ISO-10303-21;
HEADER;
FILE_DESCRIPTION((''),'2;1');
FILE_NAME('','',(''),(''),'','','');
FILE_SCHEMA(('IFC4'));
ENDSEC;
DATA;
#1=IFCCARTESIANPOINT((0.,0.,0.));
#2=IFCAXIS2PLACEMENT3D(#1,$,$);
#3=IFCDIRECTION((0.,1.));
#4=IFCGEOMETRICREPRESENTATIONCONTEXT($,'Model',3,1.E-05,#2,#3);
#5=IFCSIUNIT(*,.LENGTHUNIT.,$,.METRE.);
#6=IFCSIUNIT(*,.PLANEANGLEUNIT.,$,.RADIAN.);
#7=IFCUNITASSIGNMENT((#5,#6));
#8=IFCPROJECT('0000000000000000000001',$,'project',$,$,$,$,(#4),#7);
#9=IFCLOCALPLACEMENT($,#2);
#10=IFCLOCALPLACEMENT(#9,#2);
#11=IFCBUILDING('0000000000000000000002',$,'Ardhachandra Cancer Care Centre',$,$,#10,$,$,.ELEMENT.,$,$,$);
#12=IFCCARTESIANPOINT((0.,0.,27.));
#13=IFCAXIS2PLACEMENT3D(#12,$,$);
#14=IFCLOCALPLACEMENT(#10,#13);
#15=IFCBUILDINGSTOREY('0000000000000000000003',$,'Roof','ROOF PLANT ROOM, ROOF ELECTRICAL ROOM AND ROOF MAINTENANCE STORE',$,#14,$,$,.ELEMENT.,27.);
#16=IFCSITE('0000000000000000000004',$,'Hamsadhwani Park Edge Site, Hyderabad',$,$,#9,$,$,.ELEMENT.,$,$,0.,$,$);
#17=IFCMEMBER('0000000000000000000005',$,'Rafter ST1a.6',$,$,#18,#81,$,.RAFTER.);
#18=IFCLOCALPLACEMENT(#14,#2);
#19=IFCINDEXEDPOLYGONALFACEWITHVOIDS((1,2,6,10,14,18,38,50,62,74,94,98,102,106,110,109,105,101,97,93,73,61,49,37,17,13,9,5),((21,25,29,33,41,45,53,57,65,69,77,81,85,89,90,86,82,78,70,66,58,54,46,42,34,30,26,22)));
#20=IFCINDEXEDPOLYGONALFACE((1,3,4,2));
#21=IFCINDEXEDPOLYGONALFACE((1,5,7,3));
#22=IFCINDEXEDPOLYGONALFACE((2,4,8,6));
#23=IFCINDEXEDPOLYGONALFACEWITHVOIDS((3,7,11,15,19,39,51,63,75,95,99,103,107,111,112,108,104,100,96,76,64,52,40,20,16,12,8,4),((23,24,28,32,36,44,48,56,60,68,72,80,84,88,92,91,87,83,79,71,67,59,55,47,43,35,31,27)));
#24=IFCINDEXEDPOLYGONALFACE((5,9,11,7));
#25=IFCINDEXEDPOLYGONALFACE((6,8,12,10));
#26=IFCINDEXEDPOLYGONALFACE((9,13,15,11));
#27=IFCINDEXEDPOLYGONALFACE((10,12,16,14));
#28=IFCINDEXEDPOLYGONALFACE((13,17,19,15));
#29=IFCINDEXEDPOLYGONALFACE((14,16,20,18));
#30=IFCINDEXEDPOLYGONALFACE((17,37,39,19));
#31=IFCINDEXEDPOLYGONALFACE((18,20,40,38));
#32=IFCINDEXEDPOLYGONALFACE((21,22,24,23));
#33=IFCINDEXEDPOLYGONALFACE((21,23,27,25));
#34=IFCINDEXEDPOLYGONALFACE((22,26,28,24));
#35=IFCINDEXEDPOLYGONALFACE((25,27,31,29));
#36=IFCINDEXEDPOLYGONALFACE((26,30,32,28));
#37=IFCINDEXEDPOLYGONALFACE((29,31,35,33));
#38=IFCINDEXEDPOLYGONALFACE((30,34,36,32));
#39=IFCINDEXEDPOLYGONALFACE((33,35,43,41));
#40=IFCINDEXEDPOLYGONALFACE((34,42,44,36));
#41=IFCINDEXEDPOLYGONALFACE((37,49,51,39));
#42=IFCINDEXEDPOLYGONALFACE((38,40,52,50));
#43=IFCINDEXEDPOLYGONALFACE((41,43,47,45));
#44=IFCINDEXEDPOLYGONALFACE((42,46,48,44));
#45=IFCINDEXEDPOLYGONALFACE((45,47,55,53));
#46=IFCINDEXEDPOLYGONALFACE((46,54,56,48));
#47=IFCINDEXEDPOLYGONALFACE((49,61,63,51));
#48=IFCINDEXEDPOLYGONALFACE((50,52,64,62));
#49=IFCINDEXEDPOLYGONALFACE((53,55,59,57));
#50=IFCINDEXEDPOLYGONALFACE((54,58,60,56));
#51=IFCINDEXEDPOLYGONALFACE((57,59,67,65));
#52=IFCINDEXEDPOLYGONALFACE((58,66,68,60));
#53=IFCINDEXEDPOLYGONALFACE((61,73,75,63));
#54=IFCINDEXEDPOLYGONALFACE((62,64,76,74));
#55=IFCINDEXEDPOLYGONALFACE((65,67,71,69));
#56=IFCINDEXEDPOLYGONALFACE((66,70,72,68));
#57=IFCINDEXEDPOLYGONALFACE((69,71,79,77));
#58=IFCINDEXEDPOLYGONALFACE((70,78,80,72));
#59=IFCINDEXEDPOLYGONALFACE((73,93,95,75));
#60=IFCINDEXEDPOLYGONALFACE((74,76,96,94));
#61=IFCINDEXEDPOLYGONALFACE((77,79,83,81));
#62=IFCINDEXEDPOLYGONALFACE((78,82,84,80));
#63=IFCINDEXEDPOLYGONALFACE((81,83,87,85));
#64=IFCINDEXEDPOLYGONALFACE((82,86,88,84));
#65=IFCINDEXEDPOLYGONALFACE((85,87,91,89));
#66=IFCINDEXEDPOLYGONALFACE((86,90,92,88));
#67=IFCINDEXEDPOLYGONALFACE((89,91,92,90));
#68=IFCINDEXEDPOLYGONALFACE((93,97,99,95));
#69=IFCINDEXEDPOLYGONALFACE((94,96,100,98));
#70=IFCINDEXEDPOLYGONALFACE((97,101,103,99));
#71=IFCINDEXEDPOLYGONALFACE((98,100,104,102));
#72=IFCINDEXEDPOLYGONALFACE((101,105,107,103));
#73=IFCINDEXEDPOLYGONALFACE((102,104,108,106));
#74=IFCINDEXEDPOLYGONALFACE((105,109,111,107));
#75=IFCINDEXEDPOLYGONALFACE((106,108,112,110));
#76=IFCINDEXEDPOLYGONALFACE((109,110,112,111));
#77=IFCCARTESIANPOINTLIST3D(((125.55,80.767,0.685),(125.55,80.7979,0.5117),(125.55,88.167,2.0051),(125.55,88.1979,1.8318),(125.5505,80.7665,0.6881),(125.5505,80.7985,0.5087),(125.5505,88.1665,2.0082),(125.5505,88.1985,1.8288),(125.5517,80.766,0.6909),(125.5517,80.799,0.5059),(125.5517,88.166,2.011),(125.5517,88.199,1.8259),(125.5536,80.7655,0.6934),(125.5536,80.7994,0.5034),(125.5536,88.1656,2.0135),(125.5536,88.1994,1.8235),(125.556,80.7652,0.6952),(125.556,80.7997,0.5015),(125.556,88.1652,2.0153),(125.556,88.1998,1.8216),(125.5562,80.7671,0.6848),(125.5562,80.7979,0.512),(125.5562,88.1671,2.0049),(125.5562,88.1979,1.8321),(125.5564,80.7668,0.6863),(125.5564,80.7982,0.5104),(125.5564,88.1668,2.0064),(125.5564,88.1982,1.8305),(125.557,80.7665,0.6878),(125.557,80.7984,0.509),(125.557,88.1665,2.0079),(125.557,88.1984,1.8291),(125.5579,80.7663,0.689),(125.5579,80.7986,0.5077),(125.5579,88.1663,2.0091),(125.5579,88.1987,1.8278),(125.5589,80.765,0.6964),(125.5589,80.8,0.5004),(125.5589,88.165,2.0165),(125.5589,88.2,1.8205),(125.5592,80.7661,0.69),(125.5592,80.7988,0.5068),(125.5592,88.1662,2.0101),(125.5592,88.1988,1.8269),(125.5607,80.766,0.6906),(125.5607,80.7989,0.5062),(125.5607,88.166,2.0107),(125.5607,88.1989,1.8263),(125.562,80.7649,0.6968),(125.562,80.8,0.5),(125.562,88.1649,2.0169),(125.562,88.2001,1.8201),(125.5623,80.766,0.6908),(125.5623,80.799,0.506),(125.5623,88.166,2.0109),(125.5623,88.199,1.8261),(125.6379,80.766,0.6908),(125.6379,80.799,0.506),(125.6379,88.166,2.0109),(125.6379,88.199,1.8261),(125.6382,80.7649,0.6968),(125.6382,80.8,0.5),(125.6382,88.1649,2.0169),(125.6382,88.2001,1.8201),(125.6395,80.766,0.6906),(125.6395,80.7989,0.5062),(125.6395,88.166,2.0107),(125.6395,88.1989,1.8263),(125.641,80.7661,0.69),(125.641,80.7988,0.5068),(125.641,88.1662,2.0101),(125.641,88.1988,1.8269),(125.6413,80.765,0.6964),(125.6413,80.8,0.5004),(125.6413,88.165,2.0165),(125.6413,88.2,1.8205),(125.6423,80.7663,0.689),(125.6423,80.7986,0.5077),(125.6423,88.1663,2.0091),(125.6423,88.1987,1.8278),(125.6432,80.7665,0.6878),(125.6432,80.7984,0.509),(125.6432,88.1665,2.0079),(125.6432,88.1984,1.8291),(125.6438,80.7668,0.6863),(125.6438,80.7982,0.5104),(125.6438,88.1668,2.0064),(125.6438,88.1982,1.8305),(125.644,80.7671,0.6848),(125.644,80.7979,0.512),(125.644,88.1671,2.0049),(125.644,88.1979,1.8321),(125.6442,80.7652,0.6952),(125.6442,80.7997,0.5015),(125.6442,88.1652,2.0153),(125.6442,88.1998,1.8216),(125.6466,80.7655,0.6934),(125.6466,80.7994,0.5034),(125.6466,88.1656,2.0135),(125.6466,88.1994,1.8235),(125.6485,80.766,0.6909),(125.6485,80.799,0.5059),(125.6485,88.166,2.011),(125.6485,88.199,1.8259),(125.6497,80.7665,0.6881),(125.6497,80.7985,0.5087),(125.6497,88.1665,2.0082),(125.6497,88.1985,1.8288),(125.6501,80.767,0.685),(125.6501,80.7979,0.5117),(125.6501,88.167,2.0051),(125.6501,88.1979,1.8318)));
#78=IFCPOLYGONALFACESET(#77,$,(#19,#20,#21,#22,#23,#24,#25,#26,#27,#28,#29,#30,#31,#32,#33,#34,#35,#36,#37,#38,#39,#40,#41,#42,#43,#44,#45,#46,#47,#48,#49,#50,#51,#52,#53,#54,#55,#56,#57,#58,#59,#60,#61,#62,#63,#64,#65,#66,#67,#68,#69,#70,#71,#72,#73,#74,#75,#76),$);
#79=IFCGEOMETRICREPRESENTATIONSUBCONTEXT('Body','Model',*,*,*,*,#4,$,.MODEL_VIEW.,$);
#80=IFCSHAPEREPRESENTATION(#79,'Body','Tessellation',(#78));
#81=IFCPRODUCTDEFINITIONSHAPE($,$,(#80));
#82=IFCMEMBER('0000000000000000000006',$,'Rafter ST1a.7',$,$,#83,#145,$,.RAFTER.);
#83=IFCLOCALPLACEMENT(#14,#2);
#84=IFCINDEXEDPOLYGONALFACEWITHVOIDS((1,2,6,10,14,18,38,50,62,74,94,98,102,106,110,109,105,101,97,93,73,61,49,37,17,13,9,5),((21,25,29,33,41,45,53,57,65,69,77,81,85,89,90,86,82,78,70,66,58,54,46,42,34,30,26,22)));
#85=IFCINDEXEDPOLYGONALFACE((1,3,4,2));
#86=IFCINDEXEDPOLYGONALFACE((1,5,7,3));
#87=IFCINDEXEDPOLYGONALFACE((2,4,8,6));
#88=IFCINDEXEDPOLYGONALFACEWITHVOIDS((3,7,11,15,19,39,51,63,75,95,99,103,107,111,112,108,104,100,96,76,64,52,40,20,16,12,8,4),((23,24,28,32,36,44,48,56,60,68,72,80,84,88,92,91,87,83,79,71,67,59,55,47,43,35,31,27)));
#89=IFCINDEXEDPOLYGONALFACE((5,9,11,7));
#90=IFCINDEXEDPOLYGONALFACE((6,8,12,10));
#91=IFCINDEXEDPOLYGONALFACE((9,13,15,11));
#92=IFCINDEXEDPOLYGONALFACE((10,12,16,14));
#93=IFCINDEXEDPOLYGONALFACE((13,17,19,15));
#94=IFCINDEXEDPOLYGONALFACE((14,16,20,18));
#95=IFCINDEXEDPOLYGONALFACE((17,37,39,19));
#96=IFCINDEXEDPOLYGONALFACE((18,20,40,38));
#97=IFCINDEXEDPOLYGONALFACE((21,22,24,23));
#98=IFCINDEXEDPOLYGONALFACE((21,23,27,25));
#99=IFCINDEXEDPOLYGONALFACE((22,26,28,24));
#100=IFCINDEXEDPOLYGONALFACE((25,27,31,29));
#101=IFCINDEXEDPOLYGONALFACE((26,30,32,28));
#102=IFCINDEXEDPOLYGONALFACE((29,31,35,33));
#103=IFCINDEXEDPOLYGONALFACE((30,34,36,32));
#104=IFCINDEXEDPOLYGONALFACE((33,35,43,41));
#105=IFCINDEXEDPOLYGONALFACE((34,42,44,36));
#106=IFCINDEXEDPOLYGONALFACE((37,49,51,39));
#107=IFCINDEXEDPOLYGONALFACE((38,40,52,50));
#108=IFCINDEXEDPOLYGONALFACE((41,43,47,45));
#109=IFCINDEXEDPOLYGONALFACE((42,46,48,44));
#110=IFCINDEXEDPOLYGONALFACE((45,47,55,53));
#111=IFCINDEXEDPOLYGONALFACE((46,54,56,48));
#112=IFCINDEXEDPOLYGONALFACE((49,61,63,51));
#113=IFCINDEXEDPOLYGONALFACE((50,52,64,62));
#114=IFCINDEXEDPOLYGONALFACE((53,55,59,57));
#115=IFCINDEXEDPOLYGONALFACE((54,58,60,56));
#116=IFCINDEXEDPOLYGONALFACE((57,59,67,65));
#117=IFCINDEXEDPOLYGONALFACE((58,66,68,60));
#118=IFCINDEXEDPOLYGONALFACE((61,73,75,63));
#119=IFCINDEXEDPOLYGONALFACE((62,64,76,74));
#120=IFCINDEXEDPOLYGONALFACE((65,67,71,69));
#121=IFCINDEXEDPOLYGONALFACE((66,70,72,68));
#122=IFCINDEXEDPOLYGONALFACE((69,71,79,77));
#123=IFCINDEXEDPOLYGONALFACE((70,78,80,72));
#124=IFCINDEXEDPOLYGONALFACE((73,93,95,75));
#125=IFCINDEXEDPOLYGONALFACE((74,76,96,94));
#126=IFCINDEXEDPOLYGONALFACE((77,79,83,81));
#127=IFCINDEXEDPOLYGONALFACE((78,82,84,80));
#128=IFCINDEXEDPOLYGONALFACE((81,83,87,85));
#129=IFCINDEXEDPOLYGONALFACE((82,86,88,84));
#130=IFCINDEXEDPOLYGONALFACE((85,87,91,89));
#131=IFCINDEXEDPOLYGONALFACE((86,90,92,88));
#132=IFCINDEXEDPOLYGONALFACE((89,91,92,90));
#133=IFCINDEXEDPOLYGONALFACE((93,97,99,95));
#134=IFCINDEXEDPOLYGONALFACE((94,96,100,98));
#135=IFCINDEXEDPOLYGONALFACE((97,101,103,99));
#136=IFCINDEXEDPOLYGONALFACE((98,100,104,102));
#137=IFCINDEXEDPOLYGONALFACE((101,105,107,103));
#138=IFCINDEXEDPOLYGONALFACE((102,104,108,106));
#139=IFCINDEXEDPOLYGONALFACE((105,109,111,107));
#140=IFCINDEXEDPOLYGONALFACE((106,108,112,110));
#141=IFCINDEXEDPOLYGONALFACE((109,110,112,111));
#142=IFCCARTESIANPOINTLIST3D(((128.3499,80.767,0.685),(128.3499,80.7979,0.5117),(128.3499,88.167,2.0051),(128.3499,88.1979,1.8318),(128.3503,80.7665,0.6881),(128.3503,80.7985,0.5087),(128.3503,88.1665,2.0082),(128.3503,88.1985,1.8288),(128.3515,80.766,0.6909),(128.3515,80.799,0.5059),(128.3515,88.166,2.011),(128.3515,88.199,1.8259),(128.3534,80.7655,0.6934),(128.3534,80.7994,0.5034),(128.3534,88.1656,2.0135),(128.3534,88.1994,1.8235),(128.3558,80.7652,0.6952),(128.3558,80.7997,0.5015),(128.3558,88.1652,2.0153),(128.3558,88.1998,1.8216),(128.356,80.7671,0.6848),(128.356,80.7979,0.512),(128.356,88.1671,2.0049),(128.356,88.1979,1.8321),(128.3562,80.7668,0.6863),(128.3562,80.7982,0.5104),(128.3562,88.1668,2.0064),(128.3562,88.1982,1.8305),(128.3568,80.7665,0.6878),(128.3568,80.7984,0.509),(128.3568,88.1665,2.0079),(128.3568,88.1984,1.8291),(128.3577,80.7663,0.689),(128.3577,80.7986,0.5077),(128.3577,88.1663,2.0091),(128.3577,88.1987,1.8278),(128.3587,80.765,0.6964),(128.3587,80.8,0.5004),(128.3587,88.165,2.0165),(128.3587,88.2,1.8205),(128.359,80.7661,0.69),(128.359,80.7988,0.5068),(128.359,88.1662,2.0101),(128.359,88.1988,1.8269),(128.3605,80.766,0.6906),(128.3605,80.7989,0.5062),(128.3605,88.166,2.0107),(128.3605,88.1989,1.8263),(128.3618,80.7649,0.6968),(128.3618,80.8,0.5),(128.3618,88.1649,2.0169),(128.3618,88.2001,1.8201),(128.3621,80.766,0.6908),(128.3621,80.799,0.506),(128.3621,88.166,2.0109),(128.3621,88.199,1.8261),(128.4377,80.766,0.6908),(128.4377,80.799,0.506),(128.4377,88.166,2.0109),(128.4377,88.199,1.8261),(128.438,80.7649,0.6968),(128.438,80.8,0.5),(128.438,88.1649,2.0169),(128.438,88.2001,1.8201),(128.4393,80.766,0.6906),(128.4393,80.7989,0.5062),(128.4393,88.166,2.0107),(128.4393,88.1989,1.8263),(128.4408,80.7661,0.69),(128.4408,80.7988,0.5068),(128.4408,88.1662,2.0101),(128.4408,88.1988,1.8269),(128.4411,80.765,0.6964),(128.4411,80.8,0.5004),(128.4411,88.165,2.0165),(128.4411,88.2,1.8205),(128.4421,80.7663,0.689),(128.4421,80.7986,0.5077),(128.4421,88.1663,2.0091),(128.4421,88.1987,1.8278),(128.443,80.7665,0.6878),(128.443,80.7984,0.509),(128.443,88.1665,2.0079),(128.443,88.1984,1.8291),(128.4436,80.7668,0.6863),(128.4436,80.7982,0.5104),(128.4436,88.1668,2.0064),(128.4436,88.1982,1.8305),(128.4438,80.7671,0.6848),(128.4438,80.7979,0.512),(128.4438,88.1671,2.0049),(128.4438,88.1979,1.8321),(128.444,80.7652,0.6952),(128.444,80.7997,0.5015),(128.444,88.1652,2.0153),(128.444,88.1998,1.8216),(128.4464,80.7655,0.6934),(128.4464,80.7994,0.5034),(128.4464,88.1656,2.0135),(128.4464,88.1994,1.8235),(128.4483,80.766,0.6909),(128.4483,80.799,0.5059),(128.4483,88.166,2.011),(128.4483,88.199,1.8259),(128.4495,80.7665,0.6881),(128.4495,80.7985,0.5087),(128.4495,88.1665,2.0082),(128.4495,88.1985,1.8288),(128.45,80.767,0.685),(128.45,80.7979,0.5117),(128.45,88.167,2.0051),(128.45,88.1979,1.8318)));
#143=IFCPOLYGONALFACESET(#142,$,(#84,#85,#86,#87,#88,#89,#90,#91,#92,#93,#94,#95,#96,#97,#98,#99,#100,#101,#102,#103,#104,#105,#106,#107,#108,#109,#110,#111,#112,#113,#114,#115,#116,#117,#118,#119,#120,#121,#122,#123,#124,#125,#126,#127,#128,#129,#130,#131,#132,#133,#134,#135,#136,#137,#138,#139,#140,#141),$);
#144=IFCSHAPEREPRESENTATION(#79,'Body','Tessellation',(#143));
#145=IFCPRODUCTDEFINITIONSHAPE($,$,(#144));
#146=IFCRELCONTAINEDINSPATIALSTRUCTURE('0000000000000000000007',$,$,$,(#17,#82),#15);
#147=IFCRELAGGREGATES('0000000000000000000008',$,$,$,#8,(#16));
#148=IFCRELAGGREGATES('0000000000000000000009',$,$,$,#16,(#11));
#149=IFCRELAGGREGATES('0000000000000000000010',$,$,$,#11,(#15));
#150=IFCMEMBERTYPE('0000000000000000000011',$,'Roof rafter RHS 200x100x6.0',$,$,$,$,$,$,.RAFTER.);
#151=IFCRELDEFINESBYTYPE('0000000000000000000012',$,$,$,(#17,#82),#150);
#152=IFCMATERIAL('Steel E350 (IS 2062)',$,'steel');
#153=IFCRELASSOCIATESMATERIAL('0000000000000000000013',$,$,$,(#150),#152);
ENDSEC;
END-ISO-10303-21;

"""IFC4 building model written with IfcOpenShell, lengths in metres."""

from ifc_helpers import new_model, si_unit, direction, frame, origin, origin_2d, place, context, subcontext, project, spatial, hollow_rectangle, extrude, material, material_profile, profile_set, type_object, element, save


model = new_model("IFC4")

# Units and contexts
model_context = context("Model", 3, precision=1e-05, world=origin(), true_north=direction((0.0, 1.0)))
body_context = subcontext(model_context, "Body", "Model", "MODEL_VIEW")
ifc_project = project(units=[si_unit("LENGTHUNIT", "METRE"), si_unit("PLANEANGLEUNIT", "RADIAN")], contexts=[model_context])

# Site, building, storey
site_placement = place(None, origin())
site = spatial("IfcSite", under=ifc_project, at=site_placement, Name="Hamsadhwani Park Edge Site, Hyderabad", CompositionType="ELEMENT", RefElevation=0.0)
building_placement = place(site_placement, origin())
building = spatial("IfcBuilding", under=site, at=building_placement, Name="Ardhachandra Cancer Care Centre", CompositionType="ELEMENT")
storey_placement = place(building_placement, frame((0.0, 0.0, 27.0)))
storey = spatial("IfcBuildingStorey", under=building, at=storey_placement, Name="Roof", Description="ROOF PLANT ROOM, ROOF ELECTRICAL ROOM AND ROOF MAINTENANCE STORE", CompositionType="ELEMENT", Elevation=27.0)

# Members
ifc_material_1 = material(Name="Steel E350 (IS 2062)", Category="steel")
ifc_material_profile_1 = material_profile(ifc_material_1, hollow_rectangle(XDim=0.1001, YDim=0.2, WallThickness=0.0061, InnerFilletRadius=0.0061, OuterFilletRadius=0.012, at=origin_2d()), Name="RHS 200x100x6.0")
ifc_profile_set_1 = profile_set([ifc_material_profile_1], Name="Steel E350 (IS 2062)")
member_type_1 = type_object("IfcMemberType", Name="Roof rafter RHS 200x100x6.0", PredefinedType="RAFTER", material=ifc_profile_set_1)
for number, where, z_axis, x_axis, name in (
    (1, (125.6001, 80.7825, 0.5984), (0.0, 0.984458, 0.175618), (-1.0, 0.0, 0.0), "Rafter ST1a.6"),
    (2, (128.3999, 80.7825, 0.5984), (0.0, 0.984458, 0.175618), (-1.0, 0.0, 0.0), "Rafter ST1a.7"),
):
    element("IfcMember", number, at=place(storey_placement, frame(where, z_axis=z_axis, x_axis=x_axis)), inside=storey, type_object=member_type_1, Name=name, PredefinedType="RAFTER", context=body_context, shape_type="SweptSolid", body=[
        extrude(hollow_rectangle(XDim=0.1001, YDim=0.2, WallThickness=0.0061, InnerFilletRadius=0.0061, OuterFilletRadius=0.012, at=origin_2d()), origin(), (0.0, 0.0, 1.0), 7.5168),
    ])

save(model, "model.ifc")
